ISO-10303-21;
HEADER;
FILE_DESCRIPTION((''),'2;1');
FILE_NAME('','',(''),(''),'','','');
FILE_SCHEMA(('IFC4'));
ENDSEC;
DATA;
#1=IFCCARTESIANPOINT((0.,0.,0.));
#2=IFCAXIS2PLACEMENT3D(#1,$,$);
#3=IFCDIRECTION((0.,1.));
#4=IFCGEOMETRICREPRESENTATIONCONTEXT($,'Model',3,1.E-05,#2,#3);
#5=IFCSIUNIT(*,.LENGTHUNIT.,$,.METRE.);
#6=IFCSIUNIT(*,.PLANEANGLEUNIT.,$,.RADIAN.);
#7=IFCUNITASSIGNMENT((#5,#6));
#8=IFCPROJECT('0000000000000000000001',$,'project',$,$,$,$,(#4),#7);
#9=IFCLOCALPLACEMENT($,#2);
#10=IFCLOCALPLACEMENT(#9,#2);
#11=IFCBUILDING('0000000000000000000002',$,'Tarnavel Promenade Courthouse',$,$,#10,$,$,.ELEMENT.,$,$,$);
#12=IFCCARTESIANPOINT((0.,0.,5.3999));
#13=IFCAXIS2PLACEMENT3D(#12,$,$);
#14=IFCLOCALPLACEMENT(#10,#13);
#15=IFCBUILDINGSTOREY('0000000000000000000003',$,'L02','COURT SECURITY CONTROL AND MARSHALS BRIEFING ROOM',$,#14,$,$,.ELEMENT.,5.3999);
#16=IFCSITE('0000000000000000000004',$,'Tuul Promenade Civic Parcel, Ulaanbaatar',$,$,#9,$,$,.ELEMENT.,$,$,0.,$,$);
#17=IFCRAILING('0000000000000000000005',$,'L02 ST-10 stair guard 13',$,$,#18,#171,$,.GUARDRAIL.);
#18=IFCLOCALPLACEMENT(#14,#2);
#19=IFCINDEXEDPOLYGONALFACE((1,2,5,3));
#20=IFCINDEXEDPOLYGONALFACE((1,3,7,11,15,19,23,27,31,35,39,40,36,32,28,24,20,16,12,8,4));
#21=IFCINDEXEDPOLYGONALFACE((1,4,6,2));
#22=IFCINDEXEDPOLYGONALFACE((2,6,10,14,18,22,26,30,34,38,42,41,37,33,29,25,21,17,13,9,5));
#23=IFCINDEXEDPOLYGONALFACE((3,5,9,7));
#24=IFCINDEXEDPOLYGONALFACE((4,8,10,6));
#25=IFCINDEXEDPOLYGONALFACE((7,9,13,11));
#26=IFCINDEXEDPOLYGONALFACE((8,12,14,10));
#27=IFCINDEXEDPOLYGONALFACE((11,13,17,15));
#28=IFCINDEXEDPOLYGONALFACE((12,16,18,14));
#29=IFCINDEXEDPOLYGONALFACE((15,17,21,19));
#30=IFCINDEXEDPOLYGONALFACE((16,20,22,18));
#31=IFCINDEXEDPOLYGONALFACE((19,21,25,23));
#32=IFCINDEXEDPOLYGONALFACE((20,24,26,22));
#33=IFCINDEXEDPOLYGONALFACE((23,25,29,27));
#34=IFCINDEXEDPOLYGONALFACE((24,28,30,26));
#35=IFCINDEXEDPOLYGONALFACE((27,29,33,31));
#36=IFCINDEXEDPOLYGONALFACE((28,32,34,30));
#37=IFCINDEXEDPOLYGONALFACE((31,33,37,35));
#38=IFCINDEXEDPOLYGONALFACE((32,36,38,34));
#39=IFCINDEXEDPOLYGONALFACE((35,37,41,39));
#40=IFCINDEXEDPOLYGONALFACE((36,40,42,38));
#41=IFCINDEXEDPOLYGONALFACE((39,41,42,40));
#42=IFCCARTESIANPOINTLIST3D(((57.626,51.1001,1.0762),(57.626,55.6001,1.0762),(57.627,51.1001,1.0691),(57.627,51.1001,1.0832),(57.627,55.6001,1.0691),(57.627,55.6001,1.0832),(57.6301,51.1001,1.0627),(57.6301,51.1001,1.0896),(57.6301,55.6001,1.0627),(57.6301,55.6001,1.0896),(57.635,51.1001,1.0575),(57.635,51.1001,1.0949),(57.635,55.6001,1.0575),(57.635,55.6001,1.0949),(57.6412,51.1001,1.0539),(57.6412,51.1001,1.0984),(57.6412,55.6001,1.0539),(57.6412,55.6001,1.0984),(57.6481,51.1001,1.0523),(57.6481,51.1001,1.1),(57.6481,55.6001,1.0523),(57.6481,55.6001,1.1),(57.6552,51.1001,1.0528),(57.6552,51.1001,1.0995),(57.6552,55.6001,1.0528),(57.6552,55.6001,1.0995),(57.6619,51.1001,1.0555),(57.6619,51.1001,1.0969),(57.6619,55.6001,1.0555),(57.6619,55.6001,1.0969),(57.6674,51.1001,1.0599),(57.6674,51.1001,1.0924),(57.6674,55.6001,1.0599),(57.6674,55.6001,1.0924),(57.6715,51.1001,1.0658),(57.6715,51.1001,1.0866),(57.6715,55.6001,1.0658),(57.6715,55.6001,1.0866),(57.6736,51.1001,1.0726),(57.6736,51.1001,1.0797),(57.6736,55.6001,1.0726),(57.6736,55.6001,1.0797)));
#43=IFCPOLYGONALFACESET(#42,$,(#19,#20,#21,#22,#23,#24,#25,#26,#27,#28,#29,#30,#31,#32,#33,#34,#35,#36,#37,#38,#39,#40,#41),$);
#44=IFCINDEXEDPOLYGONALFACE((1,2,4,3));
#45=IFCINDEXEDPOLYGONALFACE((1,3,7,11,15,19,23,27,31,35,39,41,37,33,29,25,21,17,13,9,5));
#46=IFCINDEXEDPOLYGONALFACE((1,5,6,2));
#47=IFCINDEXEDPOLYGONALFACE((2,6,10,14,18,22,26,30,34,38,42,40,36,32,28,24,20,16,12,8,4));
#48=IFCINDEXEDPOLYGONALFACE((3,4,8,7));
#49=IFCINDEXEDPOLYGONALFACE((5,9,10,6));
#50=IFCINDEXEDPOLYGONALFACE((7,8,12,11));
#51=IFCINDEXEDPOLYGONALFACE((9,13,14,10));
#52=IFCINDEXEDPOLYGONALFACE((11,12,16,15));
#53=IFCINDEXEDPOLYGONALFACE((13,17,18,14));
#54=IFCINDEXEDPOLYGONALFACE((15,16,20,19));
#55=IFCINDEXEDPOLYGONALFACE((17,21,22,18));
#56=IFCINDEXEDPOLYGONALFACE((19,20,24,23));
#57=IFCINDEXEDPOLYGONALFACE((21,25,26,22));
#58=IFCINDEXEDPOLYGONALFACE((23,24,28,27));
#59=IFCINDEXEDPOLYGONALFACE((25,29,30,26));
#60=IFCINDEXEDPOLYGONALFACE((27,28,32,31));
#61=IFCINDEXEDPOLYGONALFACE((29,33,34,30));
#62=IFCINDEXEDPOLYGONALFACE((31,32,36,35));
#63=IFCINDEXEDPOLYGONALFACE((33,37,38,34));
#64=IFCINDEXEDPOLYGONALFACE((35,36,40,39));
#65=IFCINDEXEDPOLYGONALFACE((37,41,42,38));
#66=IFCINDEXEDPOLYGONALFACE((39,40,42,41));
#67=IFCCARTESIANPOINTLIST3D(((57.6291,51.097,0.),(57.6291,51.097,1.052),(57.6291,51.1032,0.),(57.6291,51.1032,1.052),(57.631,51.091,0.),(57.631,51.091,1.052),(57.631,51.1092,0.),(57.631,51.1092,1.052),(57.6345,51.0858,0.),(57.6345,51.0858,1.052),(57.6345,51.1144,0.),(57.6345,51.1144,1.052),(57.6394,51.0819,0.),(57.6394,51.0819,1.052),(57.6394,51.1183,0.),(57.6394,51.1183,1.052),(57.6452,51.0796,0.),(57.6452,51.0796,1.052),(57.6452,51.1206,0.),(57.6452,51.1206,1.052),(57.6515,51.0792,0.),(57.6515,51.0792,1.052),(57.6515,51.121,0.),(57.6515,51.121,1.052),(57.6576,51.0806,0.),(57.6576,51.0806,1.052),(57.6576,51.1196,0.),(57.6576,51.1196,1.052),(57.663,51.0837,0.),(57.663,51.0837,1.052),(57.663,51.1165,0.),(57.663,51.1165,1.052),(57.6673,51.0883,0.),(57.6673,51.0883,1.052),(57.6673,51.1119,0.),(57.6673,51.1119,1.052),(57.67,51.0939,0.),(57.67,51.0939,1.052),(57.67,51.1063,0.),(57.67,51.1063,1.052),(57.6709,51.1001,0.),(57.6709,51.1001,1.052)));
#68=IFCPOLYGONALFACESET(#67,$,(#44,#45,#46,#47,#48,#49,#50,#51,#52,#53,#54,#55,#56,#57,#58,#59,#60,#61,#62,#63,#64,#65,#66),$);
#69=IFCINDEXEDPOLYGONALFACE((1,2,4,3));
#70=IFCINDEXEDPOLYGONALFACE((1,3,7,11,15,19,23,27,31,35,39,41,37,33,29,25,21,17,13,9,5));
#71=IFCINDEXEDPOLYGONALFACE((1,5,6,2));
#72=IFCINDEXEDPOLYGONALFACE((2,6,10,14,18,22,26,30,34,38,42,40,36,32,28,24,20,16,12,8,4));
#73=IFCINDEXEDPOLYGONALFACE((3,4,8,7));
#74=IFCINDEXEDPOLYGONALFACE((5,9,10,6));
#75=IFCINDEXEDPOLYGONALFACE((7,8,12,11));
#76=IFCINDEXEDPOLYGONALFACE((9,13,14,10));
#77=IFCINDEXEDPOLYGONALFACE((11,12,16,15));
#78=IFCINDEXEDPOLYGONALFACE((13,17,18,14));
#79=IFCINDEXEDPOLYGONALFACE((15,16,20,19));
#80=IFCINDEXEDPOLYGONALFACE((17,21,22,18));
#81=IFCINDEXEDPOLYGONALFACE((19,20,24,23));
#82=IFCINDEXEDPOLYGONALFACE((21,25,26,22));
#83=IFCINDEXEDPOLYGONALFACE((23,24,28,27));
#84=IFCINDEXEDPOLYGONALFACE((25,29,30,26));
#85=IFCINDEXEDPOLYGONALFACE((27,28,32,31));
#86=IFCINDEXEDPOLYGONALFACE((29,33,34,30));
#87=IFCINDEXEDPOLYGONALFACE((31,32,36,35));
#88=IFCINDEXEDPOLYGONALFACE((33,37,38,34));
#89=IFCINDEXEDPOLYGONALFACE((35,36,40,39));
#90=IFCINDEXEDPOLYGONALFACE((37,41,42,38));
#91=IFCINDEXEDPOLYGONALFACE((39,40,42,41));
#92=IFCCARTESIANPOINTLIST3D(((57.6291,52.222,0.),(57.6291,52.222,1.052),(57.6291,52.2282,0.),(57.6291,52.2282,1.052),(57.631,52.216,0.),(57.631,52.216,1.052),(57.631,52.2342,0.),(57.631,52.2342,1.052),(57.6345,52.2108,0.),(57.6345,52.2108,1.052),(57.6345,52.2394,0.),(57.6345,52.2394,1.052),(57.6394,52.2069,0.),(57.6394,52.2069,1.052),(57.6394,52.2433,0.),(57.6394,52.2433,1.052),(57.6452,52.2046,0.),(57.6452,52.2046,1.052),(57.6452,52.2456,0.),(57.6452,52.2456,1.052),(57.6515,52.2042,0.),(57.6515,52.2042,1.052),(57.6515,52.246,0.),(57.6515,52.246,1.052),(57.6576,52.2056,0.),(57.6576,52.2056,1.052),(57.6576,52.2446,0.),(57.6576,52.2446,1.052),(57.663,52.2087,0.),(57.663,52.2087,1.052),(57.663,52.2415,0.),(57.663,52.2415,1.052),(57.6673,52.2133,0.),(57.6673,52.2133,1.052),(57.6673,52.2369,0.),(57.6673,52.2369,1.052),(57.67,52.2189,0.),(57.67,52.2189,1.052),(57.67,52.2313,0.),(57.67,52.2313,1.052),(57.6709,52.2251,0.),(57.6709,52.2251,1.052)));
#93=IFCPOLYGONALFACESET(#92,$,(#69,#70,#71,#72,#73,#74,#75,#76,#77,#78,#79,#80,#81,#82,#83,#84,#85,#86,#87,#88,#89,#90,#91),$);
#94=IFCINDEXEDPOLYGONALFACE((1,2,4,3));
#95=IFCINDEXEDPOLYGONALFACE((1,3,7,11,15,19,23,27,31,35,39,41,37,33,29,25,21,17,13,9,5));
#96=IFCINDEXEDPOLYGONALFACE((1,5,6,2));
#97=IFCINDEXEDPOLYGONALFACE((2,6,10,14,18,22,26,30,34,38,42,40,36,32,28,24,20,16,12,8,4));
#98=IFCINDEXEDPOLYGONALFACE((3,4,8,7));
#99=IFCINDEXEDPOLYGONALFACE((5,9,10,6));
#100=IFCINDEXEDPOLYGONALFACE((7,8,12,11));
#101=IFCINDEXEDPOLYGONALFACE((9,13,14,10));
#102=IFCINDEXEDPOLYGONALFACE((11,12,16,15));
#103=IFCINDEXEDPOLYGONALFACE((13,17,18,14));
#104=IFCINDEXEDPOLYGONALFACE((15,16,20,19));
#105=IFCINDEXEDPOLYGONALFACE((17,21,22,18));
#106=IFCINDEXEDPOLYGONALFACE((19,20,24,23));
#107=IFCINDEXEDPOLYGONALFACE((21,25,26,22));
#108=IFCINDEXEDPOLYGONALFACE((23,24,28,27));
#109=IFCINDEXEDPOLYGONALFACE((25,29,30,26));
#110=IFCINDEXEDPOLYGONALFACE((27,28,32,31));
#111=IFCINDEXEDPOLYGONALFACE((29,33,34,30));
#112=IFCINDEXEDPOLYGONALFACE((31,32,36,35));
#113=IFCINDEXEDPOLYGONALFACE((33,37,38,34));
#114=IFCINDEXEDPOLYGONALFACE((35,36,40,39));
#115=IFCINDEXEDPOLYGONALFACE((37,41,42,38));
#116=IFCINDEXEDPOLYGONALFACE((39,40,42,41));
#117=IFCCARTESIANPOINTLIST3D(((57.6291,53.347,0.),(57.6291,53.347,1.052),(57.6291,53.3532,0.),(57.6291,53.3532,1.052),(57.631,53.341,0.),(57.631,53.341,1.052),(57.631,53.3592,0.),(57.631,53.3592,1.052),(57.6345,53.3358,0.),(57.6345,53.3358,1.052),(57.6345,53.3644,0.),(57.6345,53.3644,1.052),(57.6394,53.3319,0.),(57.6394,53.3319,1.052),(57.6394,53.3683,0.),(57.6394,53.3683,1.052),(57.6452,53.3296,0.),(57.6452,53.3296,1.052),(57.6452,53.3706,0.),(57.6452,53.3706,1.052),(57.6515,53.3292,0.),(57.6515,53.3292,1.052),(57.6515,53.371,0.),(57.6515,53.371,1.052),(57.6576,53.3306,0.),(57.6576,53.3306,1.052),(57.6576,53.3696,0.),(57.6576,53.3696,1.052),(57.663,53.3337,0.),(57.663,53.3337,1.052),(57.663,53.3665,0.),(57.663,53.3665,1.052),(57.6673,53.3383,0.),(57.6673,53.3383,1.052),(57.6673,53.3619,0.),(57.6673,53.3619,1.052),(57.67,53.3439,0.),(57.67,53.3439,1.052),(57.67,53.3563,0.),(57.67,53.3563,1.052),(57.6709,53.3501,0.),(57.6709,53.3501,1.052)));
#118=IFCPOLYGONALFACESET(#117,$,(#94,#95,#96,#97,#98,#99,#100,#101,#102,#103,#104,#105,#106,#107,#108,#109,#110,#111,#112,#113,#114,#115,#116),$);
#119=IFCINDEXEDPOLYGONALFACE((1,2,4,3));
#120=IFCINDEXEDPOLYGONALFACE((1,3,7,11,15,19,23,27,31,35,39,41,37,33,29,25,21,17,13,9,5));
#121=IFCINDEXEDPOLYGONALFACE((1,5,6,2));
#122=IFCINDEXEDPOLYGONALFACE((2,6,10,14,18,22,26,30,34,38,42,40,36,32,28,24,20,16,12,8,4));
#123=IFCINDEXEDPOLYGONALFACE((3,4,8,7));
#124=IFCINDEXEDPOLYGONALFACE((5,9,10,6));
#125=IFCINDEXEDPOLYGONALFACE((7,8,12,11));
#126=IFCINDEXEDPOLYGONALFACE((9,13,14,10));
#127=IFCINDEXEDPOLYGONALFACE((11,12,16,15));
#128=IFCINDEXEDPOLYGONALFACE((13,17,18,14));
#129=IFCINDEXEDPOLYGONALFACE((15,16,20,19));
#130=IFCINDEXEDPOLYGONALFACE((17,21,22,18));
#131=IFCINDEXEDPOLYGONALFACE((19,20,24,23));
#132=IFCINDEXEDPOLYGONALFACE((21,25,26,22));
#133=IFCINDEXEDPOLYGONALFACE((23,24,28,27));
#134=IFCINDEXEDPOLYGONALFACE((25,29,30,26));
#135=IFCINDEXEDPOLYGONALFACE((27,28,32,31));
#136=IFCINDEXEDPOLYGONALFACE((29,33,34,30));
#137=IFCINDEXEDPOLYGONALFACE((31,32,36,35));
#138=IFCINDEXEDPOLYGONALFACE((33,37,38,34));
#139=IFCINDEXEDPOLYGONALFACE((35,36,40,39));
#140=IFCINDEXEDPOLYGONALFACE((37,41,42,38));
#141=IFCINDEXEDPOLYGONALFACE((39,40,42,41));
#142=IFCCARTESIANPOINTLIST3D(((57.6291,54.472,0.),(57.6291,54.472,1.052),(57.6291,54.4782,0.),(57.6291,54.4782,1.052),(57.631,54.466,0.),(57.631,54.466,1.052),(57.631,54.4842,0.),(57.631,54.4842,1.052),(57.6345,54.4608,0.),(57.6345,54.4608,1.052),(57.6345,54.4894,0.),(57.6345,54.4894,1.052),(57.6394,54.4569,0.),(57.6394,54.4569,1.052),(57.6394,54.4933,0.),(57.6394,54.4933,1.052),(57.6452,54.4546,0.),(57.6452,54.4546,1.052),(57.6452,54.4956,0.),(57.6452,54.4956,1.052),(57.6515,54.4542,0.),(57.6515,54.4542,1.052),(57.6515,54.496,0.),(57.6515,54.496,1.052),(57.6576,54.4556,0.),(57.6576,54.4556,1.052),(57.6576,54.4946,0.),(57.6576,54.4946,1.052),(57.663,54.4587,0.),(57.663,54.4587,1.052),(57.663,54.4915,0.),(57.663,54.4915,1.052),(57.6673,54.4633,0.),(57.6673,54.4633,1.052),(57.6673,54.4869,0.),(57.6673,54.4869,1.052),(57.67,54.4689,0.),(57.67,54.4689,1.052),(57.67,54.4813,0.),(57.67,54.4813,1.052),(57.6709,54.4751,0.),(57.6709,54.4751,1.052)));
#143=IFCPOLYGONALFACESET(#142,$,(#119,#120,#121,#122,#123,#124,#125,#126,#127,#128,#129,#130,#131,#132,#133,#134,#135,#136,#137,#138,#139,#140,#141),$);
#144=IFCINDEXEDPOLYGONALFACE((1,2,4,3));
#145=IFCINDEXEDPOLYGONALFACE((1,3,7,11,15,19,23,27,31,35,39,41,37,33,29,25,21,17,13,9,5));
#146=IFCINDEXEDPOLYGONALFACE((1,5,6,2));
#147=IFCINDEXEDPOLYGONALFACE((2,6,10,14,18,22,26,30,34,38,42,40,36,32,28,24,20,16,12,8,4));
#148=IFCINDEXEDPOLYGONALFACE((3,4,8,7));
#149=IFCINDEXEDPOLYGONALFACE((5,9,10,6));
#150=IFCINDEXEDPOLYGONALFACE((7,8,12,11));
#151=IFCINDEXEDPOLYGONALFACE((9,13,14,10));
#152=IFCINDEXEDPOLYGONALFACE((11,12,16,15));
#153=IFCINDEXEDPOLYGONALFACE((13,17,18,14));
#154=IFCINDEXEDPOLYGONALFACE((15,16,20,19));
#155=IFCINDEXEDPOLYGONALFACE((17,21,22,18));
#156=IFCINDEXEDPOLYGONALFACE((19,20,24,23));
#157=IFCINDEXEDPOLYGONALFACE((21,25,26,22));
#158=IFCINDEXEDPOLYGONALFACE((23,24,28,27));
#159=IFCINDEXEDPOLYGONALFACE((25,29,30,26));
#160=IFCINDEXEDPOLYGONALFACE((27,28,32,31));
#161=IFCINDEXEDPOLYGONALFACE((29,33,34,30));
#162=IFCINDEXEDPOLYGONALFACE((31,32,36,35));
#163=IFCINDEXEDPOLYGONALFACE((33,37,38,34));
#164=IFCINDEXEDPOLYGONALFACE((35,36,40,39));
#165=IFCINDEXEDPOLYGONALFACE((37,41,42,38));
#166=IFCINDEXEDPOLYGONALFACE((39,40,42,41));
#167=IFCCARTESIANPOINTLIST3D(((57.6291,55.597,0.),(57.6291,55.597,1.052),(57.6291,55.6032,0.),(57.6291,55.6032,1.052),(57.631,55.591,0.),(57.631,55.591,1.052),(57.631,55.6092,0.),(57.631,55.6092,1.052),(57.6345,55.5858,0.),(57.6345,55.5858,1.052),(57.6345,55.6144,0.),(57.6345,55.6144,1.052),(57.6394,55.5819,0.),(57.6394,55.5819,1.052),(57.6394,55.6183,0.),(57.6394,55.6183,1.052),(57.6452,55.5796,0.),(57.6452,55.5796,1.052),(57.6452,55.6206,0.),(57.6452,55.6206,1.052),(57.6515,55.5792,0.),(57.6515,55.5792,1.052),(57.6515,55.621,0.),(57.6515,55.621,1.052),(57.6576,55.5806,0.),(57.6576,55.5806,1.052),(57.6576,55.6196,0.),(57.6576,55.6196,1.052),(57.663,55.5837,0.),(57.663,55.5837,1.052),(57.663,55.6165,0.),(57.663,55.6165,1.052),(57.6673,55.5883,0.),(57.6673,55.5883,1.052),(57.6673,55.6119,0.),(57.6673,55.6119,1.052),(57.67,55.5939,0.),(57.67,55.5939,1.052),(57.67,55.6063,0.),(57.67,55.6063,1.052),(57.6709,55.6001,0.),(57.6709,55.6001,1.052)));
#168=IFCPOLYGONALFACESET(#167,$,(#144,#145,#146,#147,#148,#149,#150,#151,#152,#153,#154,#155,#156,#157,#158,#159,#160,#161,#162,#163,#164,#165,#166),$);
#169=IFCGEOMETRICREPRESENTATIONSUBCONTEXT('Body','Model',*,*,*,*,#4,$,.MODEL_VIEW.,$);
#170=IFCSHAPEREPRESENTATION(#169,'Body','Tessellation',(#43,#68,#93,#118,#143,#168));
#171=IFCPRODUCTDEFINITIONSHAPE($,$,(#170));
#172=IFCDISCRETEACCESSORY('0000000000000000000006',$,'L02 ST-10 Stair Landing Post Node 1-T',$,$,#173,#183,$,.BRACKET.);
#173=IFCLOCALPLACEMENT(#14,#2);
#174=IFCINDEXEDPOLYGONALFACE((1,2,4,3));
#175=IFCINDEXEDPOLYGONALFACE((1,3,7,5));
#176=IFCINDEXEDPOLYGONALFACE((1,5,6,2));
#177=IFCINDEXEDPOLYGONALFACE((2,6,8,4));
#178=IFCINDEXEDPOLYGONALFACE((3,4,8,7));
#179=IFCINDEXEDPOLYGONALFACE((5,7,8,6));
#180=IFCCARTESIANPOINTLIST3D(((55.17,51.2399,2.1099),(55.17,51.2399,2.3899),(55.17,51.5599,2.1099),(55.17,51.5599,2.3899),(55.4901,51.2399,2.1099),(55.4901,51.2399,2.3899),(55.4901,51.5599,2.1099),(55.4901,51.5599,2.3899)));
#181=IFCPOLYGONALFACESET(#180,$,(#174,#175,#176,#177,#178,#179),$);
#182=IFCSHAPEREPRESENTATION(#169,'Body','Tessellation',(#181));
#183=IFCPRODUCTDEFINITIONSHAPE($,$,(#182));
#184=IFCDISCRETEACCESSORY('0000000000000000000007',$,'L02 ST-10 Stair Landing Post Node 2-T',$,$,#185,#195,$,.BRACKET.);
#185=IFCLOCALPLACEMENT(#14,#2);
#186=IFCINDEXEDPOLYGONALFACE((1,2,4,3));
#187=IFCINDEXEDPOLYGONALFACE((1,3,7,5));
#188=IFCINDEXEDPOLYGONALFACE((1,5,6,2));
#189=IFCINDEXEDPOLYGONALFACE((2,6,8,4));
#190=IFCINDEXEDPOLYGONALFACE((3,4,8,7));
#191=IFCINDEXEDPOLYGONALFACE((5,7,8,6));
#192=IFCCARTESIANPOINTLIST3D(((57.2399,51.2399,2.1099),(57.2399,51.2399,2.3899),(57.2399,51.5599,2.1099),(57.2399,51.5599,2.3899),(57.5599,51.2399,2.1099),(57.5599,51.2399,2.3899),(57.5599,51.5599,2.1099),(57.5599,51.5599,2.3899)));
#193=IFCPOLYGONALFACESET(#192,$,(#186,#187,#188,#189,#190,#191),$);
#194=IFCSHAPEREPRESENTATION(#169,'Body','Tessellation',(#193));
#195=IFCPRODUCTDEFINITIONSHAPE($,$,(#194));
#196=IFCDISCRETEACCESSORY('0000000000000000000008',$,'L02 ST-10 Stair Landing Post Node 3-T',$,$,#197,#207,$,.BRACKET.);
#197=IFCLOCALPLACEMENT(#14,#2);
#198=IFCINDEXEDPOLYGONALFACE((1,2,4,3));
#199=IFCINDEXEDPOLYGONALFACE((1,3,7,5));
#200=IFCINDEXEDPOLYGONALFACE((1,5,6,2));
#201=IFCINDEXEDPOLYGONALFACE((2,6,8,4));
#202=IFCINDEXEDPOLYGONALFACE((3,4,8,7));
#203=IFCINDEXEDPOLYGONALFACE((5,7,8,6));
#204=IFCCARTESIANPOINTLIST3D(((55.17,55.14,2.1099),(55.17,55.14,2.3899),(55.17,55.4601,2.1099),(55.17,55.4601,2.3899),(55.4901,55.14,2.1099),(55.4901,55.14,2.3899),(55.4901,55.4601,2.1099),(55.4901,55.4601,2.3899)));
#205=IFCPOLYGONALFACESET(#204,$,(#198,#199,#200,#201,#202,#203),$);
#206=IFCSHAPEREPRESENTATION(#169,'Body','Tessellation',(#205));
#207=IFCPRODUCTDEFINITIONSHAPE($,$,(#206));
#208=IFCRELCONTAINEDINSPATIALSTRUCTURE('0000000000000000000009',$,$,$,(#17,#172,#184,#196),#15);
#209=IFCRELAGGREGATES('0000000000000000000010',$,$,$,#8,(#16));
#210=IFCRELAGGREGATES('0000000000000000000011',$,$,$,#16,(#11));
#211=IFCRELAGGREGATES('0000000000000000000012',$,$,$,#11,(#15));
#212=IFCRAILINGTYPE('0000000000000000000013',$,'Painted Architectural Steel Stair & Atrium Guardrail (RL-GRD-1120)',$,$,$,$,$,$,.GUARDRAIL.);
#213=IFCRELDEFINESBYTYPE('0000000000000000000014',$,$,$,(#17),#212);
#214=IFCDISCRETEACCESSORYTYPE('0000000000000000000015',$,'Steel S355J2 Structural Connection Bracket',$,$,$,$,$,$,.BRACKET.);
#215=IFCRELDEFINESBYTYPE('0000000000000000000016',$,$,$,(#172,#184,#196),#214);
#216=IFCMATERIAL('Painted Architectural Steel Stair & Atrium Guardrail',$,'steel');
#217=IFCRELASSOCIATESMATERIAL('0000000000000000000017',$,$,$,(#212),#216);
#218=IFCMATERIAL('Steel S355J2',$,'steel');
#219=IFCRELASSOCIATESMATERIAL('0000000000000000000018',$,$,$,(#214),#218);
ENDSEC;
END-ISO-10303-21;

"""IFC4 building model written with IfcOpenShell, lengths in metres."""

from ifc_helpers import new_model, si_unit, direction, frame, origin, origin_2d, place, context, subcontext, project, spatial, rectangle, circle, extrude, material, type_object, element, save


model = new_model("IFC4")

# Units and contexts
model_context = context("Model", 3, precision=1e-05, world=origin(), true_north=direction((0.0, 1.0)))
body_context = subcontext(model_context, "Body", "Model", "MODEL_VIEW")
ifc_project = project(units=[si_unit("LENGTHUNIT", "METRE"), si_unit("PLANEANGLEUNIT", "RADIAN")], contexts=[model_context])

# Site, building, storey
site_placement = place(None, origin())
site = spatial("IfcSite", under=ifc_project, at=site_placement, Name="Tuul Promenade Civic Parcel, Ulaanbaatar", CompositionType="ELEMENT", RefElevation=0.0)
building_placement = place(site_placement, origin())
building = spatial("IfcBuilding", under=site, at=building_placement, Name="Tarnavel Promenade Courthouse", CompositionType="ELEMENT")
storey_placement = place(building_placement, frame((0.0, 0.0, 5.3999)))
storey = spatial("IfcBuildingStorey", under=building, at=storey_placement, Name="L02", Description="COURT SECURITY CONTROL AND MARSHALS BRIEFING ROOM", CompositionType="ELEMENT", Elevation=5.3999)

# Shared definitions
ifc_material_1 = material(Name="Steel S355J2", Category="steel")

# Railing
ifc_material_2 = material(Name="Painted Architectural Steel Stair & Atrium Guardrail", Category="steel")
railing_type_1 = type_object("IfcRailingType", Name="Painted Architectural Steel Stair & Atrium Guardrail (RL-GRD-1120)", PredefinedType="GUARDRAIL", material=ifc_material_2)
railing_1_placement = place(storey_placement, frame((57.6499, 51.1001, 0.0)))
element("IfcRailing", 1, at=railing_1_placement, inside=storey, type_object=railing_type_1, Name="L02 ST-10 stair guard 13", PredefinedType="GUARDRAIL", context=body_context, shape_type="SweptSolid", body=[
    extrude(circle(Radius=0.0239, at=origin_2d()), frame((0.0, 0.0, 1.0762), z_axis=(0.0, 1.0, 0.0), x_axis=(-1.0, 0.0, 0.0)), (0.0, 0.0, 1.0), 4.5),
    extrude(circle(Radius=0.021, at=origin_2d()), origin(), (0.0, 0.0, 1.0), 1.052),
    extrude(circle(Radius=0.021, at=origin_2d()), frame((0.0, 1.125, 0.0)), (0.0, 0.0, 1.0), 1.052),
    extrude(circle(Radius=0.021, at=origin_2d()), frame((0.0, 2.25, 0.0)), (0.0, 0.0, 1.0), 1.052),
    extrude(circle(Radius=0.021, at=origin_2d()), frame((0.0, 3.375, 0.0)), (0.0, 0.0, 1.0), 1.052),
    extrude(circle(Radius=0.021, at=origin_2d()), frame((0.0, 4.5, 0.0)), (0.0, 0.0, 1.0), 1.052),
])

# Discrete accessories
discrete_accessory_type = type_object("IfcDiscreteAccessoryType", Name="Steel S355J2 Structural Connection Bracket", PredefinedType="BRACKET", material=ifc_material_1)
for number, where, z_axis, x_axis, name in (
    (2, (55.3301, 51.3999, 2.1099), (0.0, 0.0, 1.0), (1.0, 0.0, 0.0), "L02 ST-10 Stair Landing Post Node 1-T"),
    (3, (57.3999, 51.3999, 2.1099), (0.0, 0.0, 1.0), (1.0, 0.0, 0.0), "L02 ST-10 Stair Landing Post Node 2-T"),
    (4, (55.3301, 55.3, 2.1099), (0.0, 0.0, 1.0), (1.0, 0.0, 0.0), "L02 ST-10 Stair Landing Post Node 3-T"),
):
    element("IfcDiscreteAccessory", number, at=place(storey_placement, frame(where, z_axis=z_axis, x_axis=x_axis)), inside=storey, type_object=discrete_accessory_type, Name=name, PredefinedType="BRACKET", context=body_context, shape_type="SweptSolid", body=[
        extrude(rectangle(XDim=0.3201, YDim=0.3201, at=origin_2d()), origin(), (0.0, 0.0, 1.0), 0.28),
    ])

save(model, "model.ifc")
